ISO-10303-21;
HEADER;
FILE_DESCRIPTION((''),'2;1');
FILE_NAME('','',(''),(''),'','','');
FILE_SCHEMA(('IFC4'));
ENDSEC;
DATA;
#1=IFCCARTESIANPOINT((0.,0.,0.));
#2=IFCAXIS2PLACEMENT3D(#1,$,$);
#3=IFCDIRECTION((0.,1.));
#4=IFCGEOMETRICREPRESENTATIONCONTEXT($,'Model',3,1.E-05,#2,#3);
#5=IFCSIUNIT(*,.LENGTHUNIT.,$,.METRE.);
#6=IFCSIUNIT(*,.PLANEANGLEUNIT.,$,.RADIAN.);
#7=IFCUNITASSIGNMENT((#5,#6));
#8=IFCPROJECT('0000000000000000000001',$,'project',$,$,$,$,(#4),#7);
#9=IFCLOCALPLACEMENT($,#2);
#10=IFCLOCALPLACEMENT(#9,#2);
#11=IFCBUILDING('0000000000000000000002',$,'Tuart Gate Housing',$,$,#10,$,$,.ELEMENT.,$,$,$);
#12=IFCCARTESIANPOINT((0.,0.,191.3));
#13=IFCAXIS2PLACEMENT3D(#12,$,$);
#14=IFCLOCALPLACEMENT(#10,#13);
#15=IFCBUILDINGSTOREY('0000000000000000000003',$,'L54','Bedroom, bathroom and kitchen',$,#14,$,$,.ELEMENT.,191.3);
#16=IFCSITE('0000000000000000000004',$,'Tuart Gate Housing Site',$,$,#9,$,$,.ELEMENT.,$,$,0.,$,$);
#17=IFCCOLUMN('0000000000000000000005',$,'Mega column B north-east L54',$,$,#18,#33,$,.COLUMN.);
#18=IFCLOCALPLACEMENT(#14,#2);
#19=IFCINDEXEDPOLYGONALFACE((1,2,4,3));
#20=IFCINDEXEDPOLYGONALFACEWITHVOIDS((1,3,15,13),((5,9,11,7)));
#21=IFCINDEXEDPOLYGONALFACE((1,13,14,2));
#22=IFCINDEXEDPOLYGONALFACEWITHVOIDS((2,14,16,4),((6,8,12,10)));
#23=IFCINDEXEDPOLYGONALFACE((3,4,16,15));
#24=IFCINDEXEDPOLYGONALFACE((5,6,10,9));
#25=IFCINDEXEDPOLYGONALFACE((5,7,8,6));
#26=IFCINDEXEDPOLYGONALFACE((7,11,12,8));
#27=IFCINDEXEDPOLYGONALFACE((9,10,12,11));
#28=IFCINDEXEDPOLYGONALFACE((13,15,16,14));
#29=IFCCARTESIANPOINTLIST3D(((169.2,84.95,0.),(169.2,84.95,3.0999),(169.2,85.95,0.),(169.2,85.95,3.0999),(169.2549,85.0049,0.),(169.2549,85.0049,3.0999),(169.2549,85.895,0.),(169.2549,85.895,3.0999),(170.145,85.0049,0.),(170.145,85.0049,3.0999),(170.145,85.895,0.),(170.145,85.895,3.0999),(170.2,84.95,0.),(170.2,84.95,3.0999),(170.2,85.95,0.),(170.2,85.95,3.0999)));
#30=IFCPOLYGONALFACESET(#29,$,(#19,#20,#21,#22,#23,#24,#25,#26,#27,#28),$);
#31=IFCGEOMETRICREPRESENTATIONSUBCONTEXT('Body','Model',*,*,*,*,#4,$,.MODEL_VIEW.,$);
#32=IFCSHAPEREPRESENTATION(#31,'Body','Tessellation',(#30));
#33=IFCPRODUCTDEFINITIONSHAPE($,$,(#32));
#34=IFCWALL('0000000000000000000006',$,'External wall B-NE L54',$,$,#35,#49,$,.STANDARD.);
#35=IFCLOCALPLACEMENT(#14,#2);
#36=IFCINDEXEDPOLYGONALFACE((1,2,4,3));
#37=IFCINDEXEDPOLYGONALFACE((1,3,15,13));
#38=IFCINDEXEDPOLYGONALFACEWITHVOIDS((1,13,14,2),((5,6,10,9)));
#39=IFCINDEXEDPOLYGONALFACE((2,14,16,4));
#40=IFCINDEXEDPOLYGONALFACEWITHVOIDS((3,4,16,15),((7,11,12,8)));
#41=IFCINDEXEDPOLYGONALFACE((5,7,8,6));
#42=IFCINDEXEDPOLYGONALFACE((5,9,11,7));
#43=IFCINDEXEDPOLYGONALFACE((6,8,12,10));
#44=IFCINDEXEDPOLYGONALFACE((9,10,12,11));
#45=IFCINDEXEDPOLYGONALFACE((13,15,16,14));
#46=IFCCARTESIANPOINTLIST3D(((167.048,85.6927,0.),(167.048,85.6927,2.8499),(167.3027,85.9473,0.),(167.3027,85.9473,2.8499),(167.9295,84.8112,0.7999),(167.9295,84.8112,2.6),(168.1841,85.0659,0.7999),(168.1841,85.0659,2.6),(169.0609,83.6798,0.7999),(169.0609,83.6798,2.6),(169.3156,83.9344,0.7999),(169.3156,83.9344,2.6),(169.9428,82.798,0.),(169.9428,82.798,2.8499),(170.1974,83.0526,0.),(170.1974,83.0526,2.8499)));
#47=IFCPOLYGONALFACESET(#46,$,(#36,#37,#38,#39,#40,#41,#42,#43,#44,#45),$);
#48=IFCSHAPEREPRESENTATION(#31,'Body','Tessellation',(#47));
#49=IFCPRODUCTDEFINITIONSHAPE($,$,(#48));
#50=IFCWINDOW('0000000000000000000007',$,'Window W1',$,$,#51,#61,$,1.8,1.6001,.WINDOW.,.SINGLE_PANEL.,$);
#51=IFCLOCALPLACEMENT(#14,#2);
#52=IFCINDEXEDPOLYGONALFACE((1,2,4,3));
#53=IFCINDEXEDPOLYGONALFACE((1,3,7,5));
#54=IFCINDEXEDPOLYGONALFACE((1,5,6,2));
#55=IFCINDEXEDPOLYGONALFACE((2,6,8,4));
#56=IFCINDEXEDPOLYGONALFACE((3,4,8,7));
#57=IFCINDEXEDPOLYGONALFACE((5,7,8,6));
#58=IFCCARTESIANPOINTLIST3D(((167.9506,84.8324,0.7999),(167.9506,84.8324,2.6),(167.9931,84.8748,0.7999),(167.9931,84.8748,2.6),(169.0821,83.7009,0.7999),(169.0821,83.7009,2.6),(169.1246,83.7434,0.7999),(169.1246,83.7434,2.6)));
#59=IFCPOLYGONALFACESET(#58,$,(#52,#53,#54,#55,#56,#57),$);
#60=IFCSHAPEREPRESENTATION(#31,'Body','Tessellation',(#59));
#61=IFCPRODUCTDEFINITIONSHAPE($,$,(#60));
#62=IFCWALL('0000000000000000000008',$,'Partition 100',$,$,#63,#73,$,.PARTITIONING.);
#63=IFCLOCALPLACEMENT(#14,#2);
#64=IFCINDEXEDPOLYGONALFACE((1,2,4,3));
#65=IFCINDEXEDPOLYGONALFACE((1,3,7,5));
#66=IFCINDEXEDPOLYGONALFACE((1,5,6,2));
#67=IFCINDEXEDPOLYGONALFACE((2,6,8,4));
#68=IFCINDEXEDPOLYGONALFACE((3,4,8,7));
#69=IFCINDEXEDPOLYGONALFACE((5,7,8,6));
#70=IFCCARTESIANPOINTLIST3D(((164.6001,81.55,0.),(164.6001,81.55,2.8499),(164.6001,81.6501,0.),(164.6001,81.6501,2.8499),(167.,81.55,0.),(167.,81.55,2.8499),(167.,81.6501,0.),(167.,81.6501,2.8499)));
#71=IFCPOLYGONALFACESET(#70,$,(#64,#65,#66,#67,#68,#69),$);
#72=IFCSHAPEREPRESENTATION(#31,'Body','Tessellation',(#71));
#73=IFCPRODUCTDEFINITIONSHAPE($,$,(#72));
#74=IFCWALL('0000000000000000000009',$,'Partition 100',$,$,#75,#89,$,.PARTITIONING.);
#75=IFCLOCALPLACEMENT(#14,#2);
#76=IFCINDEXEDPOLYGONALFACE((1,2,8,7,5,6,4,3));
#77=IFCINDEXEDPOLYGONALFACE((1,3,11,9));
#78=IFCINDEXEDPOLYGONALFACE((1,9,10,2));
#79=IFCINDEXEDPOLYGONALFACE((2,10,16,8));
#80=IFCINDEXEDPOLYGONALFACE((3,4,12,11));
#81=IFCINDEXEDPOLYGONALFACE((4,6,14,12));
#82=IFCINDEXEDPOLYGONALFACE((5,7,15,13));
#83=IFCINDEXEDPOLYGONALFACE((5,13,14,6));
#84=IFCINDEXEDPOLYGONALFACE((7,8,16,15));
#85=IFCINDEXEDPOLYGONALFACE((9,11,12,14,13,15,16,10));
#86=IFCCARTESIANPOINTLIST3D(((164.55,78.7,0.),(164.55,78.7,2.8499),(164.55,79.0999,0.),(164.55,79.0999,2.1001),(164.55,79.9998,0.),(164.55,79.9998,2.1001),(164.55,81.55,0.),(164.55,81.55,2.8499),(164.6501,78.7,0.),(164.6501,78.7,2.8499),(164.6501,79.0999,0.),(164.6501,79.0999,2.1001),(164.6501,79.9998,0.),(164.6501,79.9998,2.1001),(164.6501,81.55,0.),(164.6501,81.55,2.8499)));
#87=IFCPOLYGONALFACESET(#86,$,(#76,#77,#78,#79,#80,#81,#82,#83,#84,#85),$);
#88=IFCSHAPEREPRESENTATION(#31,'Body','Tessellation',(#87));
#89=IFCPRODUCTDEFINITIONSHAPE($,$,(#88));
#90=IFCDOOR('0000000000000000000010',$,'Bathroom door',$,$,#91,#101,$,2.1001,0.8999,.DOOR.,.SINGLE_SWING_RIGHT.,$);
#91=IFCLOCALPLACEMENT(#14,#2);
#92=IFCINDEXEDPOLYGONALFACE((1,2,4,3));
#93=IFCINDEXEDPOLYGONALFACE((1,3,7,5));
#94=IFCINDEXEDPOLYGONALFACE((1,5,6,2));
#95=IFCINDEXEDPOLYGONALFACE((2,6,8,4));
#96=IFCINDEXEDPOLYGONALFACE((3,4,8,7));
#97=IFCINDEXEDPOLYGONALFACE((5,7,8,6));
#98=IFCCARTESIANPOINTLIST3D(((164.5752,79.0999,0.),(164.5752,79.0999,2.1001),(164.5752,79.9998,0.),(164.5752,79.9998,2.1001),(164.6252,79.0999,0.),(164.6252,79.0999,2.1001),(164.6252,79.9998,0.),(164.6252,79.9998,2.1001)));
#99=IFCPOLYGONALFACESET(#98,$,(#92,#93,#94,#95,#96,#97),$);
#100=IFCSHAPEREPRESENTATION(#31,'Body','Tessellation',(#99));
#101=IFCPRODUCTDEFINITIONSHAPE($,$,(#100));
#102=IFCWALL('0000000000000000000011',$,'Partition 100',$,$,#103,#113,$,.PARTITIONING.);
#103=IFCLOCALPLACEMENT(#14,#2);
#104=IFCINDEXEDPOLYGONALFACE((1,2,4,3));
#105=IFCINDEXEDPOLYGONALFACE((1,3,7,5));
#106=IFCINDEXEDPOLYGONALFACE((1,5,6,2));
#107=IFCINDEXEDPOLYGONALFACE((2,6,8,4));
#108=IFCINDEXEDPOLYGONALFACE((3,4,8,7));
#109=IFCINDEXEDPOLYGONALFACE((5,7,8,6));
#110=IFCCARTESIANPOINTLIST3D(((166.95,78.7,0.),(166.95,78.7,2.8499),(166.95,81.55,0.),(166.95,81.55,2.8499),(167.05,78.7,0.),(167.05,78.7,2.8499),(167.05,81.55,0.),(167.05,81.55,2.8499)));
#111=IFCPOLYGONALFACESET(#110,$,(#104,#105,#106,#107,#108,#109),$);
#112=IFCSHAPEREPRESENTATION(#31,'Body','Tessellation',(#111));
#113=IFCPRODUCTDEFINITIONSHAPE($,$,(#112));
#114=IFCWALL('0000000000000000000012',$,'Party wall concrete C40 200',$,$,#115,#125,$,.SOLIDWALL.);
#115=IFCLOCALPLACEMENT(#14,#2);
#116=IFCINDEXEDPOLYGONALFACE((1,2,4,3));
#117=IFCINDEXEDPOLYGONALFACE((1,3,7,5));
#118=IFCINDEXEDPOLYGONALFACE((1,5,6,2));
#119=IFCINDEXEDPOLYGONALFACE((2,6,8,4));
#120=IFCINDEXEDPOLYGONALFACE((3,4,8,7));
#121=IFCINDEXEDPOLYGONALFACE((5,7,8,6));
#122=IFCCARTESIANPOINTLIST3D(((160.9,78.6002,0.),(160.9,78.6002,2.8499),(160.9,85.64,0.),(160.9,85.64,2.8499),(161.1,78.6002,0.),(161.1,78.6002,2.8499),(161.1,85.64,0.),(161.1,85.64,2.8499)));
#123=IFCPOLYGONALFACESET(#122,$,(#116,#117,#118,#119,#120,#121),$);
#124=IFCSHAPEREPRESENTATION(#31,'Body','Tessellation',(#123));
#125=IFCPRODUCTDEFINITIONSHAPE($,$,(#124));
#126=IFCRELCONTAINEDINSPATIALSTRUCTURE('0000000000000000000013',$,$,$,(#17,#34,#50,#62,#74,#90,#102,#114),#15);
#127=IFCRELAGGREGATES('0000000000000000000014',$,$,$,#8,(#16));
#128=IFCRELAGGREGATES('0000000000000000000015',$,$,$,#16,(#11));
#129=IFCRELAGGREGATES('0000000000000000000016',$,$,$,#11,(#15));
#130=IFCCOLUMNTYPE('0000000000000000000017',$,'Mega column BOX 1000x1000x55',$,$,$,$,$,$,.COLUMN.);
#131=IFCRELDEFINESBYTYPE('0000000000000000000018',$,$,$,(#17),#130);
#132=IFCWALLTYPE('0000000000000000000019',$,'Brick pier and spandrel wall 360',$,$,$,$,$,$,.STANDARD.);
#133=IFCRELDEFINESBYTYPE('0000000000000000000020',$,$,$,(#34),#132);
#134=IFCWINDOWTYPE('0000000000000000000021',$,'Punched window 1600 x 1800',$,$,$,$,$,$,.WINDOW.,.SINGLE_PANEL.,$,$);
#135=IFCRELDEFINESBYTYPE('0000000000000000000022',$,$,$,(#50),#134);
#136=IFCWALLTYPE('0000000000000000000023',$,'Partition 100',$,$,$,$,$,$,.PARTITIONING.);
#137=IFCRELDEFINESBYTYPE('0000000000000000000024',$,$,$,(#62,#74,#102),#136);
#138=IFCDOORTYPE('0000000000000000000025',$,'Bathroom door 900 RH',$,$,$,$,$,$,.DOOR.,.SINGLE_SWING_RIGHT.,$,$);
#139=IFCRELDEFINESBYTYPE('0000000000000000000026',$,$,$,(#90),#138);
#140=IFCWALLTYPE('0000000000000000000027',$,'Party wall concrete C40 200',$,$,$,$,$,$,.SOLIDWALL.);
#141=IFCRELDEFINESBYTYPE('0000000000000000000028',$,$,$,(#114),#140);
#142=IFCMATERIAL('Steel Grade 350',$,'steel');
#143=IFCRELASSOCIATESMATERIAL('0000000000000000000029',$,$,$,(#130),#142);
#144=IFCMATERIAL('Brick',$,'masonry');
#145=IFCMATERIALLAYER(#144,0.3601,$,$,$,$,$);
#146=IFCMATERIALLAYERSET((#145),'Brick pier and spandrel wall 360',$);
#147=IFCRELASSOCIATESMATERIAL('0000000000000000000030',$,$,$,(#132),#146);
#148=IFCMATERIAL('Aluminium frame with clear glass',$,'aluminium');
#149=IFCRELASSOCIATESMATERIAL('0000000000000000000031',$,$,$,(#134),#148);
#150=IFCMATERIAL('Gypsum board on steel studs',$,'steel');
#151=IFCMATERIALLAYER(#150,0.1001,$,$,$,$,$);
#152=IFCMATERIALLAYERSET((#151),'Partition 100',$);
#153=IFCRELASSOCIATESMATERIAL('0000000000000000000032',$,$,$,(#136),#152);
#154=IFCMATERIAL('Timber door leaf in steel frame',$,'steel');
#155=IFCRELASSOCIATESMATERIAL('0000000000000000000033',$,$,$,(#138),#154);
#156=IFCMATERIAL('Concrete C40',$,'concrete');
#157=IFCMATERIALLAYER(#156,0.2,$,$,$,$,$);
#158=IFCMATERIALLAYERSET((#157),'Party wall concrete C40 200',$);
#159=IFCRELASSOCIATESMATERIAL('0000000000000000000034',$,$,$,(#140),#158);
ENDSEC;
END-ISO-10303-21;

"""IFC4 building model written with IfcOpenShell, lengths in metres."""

from ifc_helpers import new_model, si_unit, direction, frame, frame_2d, origin, origin_2d, place, context, subcontext, project, spatial, rectangle, hollow_rectangle, extrude, material, layer, layer_set, material_profile, profile_set, type_object, element, fill, save


model = new_model("IFC4")

# Units and contexts
model_context = context("Model", 3, precision=1e-05, world=origin(), true_north=direction((0.0, 1.0)))
body_context = subcontext(model_context, "Body", "Model", "MODEL_VIEW")
ifc_project = project(units=[si_unit("LENGTHUNIT", "METRE"), si_unit("PLANEANGLEUNIT", "RADIAN")], contexts=[model_context])

# Site, building, storey
site_placement = place(None, origin())
site = spatial("IfcSite", under=ifc_project, at=site_placement, Name="Tuart Gate Housing Site", CompositionType="ELEMENT", RefElevation=0.0)
building_placement = place(site_placement, origin())
building = spatial("IfcBuilding", under=site, at=building_placement, Name="Tuart Gate Housing", CompositionType="ELEMENT")
storey_placement = place(building_placement, frame((0.0, 0.0, 191.3)))
storey = spatial("IfcBuildingStorey", under=building, at=storey_placement, Name="L54", Description="Bedroom, bathroom and kitchen", CompositionType="ELEMENT", Elevation=191.3)

# Column
ifc_material_1 = material(Name="Steel Grade 350", Category="steel")
ifc_material_profile = material_profile(ifc_material_1, hollow_rectangle(XDim=1.0, YDim=1.0, WallThickness=0.0549, at=origin_2d()), Name="BOX 1000x1000x55")
ifc_profile_set = profile_set([ifc_material_profile], Name="Steel Grade 350")
column_type = type_object("IfcColumnType", Name="Mega column BOX 1000x1000x55", PredefinedType="COLUMN", material=ifc_profile_set)
column_placement = place(storey_placement, frame((169.7, 85.45, 0.0), z_axis=(0.0, 0.0, 1.0), x_axis=(1.0, 0.0, 0.0)))
element("IfcColumn", 1, at=column_placement, inside=storey, type_object=column_type, Name="Mega column B north-east L54", PredefinedType="COLUMN", context=body_context, shape_type="SweptSolid", body=[
    extrude(hollow_rectangle(XDim=1.0, YDim=1.0, WallThickness=0.0549, at=origin_2d()), origin(), (0.0, 0.0, 1.0), 3.0999),
])

# Wall, opening, window
ifc_material_2 = material(Name="Brick", Category="masonry")
ifc_layer_1 = layer(ifc_material_2, 0.3601)
ifc_layer_set_1 = layer_set([ifc_layer_1], Name="Brick pier and spandrel wall 360")
wall_type_1 = type_object("IfcWallType", Name="Brick pier and spandrel wall 360", PredefinedType="STANDARD", material=ifc_layer_set_1)
wall_1_placement = place(storey_placement, frame((170.0701, 82.9253, 0.0), z_axis=(0.0, 0.0, 1.0), x_axis=(-0.707107, 0.707107, 0.0)))
wall_1 = element("IfcWall", 2, at=wall_1_placement, inside=storey, type_object=wall_type_1, Name="External wall B-NE L54", PredefinedType="STANDARD", context=body_context, shape_type="SweptSolid", body=[
    extrude(rectangle(XDim=4.0938, YDim=0.3601, at=frame_2d((2.0469, 0.0))), origin(), (0.0, 0.0, 1.0), 2.8499),
])
opening_1_placement = place(wall_1_placement, frame((1.2471, 0.0, 0.8)))
opening_1 = element("IfcOpeningElement", 3, at=opening_1_placement, cuts=wall_1, PredefinedType="OPENING", context=body_context, shape_type="SweptSolid", body=[
    extrude(rectangle(XDim=1.6001, YDim=1.8, at=frame_2d((0.8, 0.8999))), frame((0.0, 0.1899, 0.0), z_axis=(0.0, -1.0, 0.0), x_axis=(1.0, 0.0, 0.0)), (0.0, 0.0, 1.0), 0.3801),
])
ifc_material_3 = material(Name="Aluminium frame with clear glass", Category="aluminium")
window_type_1 = type_object("IfcWindowType", Name="Punched window 1600 x 1800", PartitioningType="SINGLE_PANEL", PredefinedType="WINDOW", material=ifc_material_3)
window_1_placement = place(opening_1_placement, origin())
window_1 = element("IfcWindow", 4, at=window_1_placement, inside=storey, type_object=window_type_1, Name="Window W1", OverallHeight=1.8, OverallWidth=1.6001, PartitioningType="SINGLE_PANEL", PredefinedType="WINDOW", context=body_context, shape_type="SweptSolid", body=[
    extrude(rectangle(XDim=1.6001, YDim=1.8, at=frame_2d((0.8, 0.8999))), frame((0.0, 0.1501, 0.0), z_axis=(0.0, -1.0, 0.0), x_axis=(1.0, 0.0, 0.0)), (0.0, 0.0, 1.0), 0.0601),
])
fill(opening_1, window_1)

# Wall
ifc_material_4 = material(Name="Gypsum board on steel studs", Category="steel")
ifc_layer_2 = layer(ifc_material_4, 0.1001)
ifc_layer_set_2 = layer_set([ifc_layer_2], Name="Partition 100")
wall_type_2 = type_object("IfcWallType", Name="Partition 100", PredefinedType="PARTITIONING", material=ifc_layer_set_2)
wall_2_placement = place(storey_placement, frame((164.6001, 81.6001, 0.0), z_axis=(0.0, 0.0, 1.0), x_axis=(1.0, 0.0, 0.0)))
element("IfcWall", 5, at=wall_2_placement, inside=storey, type_object=wall_type_2, Name="Partition 100", PredefinedType="PARTITIONING", context=body_context, shape_type="SweptSolid", body=[
    extrude(rectangle(XDim=2.3999, YDim=0.1001, at=frame_2d((1.2, 0.0))), origin(), (0.0, 0.0, 1.0), 2.8499),
])

# Wall, opening, door
wall_3_placement = place(storey_placement, frame((164.6001, 78.7, 0.0), z_axis=(0.0, 0.0, 1.0), x_axis=(0.0, 1.0, 0.0)))
wall_3 = element("IfcWall", 6, at=wall_3_placement, inside=storey, type_object=wall_type_2, Name="Partition 100", PredefinedType="PARTITIONING", context=body_context, shape_type="SweptSolid", body=[
    extrude(rectangle(XDim=2.8501, YDim=0.1001, at=frame_2d((1.425, 0.0))), origin(), (0.0, 0.0, 1.0), 2.8499),
])
opening_2_placement = place(wall_3_placement, frame((0.3999, 0.0, 0.0)))
opening_2 = element("IfcOpeningElement", 7, at=opening_2_placement, cuts=wall_3, PredefinedType="OPENING", context=body_context, shape_type="SweptSolid", body=[
    extrude(rectangle(XDim=0.8999, YDim=2.1001, at=frame_2d((0.45, 1.05))), frame((0.0, 0.0601, 0.0), z_axis=(0.0, -1.0, 0.0), x_axis=(1.0, 0.0, 0.0)), (0.0, 0.0, 1.0), 0.1201),
])
ifc_material_5 = material(Name="Timber door leaf in steel frame", Category="steel")
door_type = type_object("IfcDoorType", Name="Bathroom door 900 RH", OperationType="SINGLE_SWING_RIGHT", PredefinedType="DOOR", material=ifc_material_5)
door_placement = place(opening_2_placement, frame((0.8999, 0.0, 0.0), z_axis=(0.0, 0.0, 1.0), x_axis=(-1.0, 0.0, 0.0)))
door = element("IfcDoor", 8, at=door_placement, inside=storey, type_object=door_type, Name="Bathroom door", OperationType="SINGLE_SWING_RIGHT", OverallHeight=2.1001, OverallWidth=0.8999, PredefinedType="DOOR", context=body_context, shape_type="SweptSolid", body=[
    extrude(rectangle(XDim=0.8999, YDim=2.1001, at=frame_2d((0.45, 1.05))), frame((0.0, 0.0251, 0.0), z_axis=(0.0, -1.0, 0.0), x_axis=(1.0, 0.0, 0.0)), (0.0, 0.0, 1.0), 0.05),
])
fill(opening_2, door)

# Walls
wall_4_placement = place(storey_placement, frame((167.0, 78.7, 0.0), z_axis=(0.0, 0.0, 1.0), x_axis=(0.0, 1.0, 0.0)))
element("IfcWall", 9, at=wall_4_placement, inside=storey, type_object=wall_type_2, Name="Partition 100", PredefinedType="PARTITIONING", context=body_context, shape_type="SweptSolid", body=[
    extrude(rectangle(XDim=2.8501, YDim=0.1001, at=frame_2d((1.425, 0.0))), origin(), (0.0, 0.0, 1.0), 2.8499),
])
ifc_material_6 = material(Name="Concrete C40", Category="concrete")
ifc_layer_3 = layer(ifc_material_6, 0.2)
ifc_layer_set_3 = layer_set([ifc_layer_3], Name="Party wall concrete C40 200")
wall_type_3 = type_object("IfcWallType", Name="Party wall concrete C40 200", PredefinedType="SOLIDWALL", material=ifc_layer_set_3)
wall_5_placement = place(storey_placement, frame((161.0, 78.6001, 0.0), z_axis=(0.0, 0.0, 1.0), x_axis=(0.0, 1.0, 0.0)))
element("IfcWall", 10, at=wall_5_placement, inside=storey, type_object=wall_type_3, Name="Party wall concrete C40 200", PredefinedType="SOLIDWALL", context=body_context, shape_type="SweptSolid", body=[
    extrude(rectangle(XDim=7.0398, YDim=0.2, at=frame_2d((3.52, 0.0))), origin(), (0.0, 0.0, 1.0), 2.8499),
])

save(model, "model.ifc")
